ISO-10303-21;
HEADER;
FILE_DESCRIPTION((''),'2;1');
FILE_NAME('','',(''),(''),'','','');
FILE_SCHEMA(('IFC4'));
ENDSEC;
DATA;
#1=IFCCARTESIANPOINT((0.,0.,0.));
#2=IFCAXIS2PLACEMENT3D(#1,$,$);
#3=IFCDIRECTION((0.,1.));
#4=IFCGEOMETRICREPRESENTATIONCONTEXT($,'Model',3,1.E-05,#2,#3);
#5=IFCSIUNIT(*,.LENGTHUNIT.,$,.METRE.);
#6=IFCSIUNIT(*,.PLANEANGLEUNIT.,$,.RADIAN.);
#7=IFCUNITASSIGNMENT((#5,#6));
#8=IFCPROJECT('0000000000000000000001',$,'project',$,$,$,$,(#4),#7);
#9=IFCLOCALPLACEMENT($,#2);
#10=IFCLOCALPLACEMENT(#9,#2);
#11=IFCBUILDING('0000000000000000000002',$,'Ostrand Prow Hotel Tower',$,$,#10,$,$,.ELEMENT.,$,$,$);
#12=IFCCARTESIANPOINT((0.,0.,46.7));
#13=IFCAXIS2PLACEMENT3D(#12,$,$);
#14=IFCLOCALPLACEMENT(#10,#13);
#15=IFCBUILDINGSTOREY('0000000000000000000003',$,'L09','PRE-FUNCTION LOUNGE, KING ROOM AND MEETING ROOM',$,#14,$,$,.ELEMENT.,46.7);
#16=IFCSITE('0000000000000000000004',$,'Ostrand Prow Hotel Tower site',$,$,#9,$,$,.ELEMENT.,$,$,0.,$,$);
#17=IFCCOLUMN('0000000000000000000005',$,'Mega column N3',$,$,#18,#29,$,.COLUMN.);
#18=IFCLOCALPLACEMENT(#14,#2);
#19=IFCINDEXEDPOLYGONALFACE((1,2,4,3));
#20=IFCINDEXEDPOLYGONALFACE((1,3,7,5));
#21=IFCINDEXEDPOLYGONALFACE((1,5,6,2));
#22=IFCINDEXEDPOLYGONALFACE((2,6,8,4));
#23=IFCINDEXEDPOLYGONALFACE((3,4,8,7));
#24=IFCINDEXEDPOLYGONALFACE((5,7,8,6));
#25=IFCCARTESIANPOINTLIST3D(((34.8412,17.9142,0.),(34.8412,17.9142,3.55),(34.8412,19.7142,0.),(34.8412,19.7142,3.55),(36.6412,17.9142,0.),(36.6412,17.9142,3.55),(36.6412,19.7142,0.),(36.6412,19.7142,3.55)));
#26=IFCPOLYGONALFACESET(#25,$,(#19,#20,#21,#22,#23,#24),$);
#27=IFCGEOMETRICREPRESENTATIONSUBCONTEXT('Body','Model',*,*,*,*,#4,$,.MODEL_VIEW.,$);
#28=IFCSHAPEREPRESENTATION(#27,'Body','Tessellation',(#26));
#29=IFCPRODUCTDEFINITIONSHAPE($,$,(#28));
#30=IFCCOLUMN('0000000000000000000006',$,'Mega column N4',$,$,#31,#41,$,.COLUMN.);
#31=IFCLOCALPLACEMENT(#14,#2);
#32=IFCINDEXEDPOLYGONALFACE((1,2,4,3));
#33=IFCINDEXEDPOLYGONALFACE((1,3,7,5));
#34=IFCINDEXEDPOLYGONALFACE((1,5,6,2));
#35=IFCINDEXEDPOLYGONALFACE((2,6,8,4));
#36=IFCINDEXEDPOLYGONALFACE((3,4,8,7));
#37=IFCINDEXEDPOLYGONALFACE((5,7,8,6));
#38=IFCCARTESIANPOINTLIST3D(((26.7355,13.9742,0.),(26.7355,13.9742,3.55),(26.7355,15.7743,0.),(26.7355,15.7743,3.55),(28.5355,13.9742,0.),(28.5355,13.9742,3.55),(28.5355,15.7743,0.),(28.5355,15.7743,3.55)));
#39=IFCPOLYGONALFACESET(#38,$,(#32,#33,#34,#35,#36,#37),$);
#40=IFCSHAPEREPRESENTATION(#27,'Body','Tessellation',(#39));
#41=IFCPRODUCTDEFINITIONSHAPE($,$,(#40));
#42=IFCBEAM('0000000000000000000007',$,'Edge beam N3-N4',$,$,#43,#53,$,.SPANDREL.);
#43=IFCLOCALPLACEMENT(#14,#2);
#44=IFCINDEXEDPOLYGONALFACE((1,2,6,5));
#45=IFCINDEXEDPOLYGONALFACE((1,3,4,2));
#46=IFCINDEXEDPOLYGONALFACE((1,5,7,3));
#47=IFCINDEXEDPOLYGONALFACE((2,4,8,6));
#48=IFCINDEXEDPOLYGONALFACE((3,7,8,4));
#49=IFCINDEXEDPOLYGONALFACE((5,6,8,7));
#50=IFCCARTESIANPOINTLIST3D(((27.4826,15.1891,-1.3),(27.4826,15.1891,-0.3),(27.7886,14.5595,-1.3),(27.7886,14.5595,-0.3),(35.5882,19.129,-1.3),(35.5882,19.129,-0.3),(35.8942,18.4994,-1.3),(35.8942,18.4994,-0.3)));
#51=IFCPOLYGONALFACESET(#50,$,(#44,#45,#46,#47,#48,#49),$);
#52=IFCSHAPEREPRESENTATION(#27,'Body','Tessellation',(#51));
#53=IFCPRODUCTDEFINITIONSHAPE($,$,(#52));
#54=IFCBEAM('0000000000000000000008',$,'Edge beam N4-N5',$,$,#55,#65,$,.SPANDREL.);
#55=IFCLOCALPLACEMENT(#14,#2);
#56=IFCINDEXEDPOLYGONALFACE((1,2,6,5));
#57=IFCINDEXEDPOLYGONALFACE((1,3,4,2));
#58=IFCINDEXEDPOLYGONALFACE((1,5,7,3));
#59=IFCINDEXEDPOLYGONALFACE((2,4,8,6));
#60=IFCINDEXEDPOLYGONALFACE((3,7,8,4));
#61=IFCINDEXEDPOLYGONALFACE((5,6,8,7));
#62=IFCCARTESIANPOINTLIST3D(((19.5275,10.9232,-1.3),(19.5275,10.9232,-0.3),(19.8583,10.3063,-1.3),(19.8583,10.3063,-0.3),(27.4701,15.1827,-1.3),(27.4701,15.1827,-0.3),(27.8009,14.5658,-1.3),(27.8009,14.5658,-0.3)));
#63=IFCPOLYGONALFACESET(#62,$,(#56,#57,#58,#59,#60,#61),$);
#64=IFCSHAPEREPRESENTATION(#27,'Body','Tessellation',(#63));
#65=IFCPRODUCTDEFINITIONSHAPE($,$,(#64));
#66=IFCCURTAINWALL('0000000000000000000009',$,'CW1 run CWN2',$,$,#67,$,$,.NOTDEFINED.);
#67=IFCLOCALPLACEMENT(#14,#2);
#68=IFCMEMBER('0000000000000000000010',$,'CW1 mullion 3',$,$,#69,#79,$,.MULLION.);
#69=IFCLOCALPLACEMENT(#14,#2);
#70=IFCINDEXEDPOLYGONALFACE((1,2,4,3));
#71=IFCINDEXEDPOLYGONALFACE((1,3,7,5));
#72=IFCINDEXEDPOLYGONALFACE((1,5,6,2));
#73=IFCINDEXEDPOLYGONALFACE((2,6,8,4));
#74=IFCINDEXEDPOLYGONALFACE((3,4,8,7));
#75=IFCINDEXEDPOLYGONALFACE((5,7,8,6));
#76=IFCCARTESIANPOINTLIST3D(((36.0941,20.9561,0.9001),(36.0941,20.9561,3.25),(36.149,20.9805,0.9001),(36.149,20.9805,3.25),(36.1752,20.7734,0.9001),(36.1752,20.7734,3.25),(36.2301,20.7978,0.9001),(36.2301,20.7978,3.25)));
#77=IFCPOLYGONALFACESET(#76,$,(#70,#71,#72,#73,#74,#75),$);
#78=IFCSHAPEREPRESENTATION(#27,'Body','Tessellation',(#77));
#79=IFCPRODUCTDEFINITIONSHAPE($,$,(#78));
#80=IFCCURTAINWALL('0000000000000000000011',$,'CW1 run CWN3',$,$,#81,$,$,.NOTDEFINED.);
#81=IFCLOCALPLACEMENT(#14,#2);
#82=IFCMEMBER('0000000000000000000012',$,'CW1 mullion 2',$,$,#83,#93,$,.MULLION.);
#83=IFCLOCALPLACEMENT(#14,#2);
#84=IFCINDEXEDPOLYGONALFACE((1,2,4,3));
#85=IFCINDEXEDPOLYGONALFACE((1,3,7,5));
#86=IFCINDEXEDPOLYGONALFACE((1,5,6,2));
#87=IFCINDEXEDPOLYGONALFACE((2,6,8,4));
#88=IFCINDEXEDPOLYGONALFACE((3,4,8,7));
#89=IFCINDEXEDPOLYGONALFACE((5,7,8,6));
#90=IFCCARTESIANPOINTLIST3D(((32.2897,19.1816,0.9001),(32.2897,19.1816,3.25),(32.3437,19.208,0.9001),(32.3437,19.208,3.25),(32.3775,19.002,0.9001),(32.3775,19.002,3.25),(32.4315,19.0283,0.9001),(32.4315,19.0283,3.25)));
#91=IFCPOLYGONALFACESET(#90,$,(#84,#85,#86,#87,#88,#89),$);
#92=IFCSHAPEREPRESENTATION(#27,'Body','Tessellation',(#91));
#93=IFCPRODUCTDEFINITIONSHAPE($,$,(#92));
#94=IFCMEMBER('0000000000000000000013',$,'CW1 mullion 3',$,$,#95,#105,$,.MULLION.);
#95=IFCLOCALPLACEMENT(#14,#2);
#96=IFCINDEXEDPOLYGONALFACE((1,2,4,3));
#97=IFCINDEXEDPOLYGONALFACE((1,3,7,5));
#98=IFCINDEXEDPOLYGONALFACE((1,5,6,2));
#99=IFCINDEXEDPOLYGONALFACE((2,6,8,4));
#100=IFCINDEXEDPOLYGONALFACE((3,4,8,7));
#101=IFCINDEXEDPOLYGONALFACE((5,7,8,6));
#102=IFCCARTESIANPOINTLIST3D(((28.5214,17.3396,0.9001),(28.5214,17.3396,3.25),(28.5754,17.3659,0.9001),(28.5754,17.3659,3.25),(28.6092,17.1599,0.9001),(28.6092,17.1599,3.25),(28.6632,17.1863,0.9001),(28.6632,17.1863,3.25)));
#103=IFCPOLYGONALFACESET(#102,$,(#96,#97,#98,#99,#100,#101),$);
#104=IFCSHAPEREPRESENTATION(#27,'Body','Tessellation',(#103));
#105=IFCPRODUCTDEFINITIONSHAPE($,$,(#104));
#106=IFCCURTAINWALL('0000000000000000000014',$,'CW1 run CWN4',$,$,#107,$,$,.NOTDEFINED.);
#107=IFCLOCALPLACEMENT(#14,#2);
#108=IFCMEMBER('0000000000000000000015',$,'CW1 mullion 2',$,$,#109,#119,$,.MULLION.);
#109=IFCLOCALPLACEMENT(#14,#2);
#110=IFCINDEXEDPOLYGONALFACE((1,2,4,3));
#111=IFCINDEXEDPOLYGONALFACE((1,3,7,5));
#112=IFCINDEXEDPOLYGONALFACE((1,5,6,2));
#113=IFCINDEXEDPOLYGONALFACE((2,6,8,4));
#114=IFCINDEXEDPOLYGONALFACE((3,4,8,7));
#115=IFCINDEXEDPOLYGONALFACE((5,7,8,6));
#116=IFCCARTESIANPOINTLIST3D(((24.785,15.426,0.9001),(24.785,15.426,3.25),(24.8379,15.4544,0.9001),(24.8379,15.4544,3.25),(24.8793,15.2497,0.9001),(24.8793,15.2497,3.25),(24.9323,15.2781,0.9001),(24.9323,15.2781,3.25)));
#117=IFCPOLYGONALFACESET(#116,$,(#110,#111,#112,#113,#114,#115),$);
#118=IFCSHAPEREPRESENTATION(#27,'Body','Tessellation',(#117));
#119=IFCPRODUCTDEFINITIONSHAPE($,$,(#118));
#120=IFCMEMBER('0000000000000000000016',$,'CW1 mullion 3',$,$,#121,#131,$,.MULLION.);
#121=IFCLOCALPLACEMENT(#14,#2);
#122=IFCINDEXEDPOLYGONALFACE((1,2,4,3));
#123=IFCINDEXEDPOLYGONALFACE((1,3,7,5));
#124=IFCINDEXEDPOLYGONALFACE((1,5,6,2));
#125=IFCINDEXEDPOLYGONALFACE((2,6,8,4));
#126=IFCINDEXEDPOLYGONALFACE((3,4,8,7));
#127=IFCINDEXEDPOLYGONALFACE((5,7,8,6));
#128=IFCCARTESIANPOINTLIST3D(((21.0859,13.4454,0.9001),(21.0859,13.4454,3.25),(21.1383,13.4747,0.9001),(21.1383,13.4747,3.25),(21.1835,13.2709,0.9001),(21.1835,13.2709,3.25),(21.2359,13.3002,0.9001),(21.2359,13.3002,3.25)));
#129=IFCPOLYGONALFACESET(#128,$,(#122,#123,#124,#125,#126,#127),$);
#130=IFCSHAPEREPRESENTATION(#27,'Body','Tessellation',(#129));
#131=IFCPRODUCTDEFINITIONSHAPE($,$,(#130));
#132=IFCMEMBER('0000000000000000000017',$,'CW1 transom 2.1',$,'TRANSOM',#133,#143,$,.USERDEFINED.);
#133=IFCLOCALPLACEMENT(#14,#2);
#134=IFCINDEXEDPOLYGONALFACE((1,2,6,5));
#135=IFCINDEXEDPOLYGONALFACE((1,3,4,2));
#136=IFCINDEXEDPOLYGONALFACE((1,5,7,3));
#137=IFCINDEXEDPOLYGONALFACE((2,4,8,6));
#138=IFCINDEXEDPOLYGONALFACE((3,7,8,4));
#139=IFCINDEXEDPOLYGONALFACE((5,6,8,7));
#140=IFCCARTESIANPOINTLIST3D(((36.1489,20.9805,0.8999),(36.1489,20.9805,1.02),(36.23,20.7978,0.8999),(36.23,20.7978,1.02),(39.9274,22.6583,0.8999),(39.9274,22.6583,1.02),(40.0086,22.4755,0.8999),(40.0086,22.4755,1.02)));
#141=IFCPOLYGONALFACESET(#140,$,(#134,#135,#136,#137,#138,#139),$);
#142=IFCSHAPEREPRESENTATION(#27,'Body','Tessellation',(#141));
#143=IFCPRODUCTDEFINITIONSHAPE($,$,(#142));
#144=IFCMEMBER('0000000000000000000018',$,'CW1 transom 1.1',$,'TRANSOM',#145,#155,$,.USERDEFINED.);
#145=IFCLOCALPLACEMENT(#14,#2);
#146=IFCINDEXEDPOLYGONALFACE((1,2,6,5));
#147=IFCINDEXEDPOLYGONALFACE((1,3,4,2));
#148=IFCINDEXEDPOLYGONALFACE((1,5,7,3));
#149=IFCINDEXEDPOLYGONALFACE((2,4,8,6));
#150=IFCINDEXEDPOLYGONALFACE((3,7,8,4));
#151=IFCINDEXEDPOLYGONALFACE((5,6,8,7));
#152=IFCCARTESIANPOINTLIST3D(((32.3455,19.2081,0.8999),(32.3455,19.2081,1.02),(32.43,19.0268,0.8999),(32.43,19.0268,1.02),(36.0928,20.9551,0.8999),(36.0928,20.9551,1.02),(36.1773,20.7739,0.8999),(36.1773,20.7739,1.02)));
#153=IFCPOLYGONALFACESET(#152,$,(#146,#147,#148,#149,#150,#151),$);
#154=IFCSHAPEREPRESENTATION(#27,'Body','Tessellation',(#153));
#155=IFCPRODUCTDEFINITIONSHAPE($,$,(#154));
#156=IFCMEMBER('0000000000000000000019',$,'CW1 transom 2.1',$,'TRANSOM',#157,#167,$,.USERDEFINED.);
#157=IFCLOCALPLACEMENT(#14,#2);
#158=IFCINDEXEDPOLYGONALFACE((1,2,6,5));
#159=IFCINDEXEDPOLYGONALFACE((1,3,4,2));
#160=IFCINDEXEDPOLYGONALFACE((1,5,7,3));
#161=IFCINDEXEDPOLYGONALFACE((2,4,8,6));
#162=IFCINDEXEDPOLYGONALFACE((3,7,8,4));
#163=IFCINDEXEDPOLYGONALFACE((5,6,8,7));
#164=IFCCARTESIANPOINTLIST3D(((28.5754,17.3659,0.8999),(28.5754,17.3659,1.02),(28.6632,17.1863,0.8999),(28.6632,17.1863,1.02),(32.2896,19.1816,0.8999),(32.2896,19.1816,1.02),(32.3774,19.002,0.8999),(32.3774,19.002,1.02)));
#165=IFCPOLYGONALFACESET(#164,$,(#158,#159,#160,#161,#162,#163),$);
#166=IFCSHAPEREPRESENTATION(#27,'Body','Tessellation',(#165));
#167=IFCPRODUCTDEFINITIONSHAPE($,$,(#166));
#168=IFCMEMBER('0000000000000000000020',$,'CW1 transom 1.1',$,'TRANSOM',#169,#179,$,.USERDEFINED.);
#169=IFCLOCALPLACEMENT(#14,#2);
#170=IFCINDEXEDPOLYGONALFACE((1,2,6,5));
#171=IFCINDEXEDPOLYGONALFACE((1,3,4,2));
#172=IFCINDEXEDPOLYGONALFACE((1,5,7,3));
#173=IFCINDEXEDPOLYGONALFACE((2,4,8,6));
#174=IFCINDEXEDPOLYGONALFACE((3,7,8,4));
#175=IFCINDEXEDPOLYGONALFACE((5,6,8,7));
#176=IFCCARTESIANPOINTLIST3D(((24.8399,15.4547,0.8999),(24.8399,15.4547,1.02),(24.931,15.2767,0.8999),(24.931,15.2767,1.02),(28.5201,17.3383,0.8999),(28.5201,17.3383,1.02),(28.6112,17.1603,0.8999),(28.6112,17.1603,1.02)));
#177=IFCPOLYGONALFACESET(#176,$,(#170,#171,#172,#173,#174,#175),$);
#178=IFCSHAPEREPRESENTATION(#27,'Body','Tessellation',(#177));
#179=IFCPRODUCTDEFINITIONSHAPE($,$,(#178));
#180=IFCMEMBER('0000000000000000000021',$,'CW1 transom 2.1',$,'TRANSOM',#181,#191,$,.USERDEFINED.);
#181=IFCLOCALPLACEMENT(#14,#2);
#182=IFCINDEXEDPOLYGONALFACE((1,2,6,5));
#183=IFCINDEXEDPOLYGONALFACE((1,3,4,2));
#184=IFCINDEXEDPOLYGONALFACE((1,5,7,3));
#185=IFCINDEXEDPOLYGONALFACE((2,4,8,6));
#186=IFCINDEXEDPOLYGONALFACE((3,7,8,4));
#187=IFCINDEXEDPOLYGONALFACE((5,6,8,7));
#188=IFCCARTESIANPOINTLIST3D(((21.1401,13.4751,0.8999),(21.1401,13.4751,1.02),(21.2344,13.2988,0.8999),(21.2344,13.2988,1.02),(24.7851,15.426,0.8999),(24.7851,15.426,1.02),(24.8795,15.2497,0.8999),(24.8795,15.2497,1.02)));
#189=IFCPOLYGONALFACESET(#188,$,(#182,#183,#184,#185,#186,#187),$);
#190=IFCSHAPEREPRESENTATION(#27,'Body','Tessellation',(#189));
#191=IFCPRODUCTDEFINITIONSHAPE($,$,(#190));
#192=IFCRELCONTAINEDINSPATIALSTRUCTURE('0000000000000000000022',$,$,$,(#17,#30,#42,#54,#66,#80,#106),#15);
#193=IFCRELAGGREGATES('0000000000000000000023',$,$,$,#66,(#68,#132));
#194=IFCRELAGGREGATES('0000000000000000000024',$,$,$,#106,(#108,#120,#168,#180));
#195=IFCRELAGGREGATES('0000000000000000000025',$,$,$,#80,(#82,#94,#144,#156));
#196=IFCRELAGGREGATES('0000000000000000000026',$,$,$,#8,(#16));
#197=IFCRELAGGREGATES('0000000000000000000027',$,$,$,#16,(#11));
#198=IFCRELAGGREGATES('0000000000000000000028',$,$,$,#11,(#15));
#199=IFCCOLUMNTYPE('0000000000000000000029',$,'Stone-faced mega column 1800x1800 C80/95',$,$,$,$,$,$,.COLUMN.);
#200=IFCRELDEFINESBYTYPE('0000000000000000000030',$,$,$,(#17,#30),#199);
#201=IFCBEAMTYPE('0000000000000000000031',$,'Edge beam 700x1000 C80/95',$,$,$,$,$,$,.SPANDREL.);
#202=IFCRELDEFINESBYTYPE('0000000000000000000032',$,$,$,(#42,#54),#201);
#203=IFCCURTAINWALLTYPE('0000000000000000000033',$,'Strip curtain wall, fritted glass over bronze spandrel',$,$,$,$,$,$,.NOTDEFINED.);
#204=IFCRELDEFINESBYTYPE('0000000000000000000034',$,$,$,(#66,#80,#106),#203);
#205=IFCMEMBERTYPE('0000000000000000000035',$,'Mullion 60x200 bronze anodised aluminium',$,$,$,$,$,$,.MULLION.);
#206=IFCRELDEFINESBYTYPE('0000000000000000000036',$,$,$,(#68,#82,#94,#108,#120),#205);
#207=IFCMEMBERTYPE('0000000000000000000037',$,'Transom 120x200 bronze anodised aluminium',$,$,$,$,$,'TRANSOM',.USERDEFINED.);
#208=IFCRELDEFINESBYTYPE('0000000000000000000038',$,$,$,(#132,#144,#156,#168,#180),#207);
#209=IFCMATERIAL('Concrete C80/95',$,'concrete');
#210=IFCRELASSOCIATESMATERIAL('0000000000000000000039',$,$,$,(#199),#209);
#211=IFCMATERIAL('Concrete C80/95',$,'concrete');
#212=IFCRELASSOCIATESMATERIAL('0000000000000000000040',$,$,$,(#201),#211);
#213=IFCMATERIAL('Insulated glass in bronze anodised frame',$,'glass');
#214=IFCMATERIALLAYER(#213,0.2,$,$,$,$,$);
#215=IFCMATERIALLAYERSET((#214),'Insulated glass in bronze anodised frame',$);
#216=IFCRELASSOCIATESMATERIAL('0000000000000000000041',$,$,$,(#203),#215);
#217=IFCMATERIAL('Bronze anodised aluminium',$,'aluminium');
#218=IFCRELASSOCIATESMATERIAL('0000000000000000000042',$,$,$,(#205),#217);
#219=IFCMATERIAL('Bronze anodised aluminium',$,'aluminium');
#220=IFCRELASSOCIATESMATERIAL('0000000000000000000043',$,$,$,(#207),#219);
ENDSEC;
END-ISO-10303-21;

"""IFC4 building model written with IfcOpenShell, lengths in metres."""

from ifc_helpers import new_model, si_unit, direction, frame, origin, origin_2d, place, context, subcontext, project, spatial, rectangle, extrude, material, layer, layer_set, material_profile, profile_set, type_object, element, aggregate, save


model = new_model("IFC4")

# Units and contexts
model_context = context("Model", 3, precision=1e-05, world=origin(), true_north=direction((0.0, 1.0)))
body_context = subcontext(model_context, "Body", "Model", "MODEL_VIEW")
ifc_project = project(units=[si_unit("LENGTHUNIT", "METRE"), si_unit("PLANEANGLEUNIT", "RADIAN")], contexts=[model_context])

# Site, building, storey
site_placement = place(None, origin())
site = spatial("IfcSite", under=ifc_project, at=site_placement, Name="Ostrand Prow Hotel Tower site", CompositionType="ELEMENT", RefElevation=0.0)
building_placement = place(site_placement, origin())
building = spatial("IfcBuilding", under=site, at=building_placement, Name="Ostrand Prow Hotel Tower", CompositionType="ELEMENT")
storey_placement = place(building_placement, frame((0.0, 0.0, 46.7)))
storey = spatial("IfcBuildingStorey", under=building, at=storey_placement, Name="L09", Description="PRE-FUNCTION LOUNGE, KING ROOM AND MEETING ROOM", CompositionType="ELEMENT", Elevation=46.7)

# Columns
ifc_material_1 = material(Name="Concrete C80/95", Category="concrete")
ifc_material_profile_1 = material_profile(ifc_material_1, rectangle(XDim=1.8, YDim=1.8, at=origin_2d()), Name="RC 1800x1800")
ifc_profile_set_1 = profile_set([ifc_material_profile_1], Name="Concrete C80/95")
column_type = type_object("IfcColumnType", Name="Stone-faced mega column 1800x1800 C80/95", PredefinedType="COLUMN", material=ifc_profile_set_1)
for number, where, z_axis, x_axis, name in (
    (1, (35.7412, 18.8142, 0.0), (0.0, 0.0, 1.0), (1.0, 0.0, 0.0), "Mega column N3"),
    (2, (27.6355, 14.8743, 0.0), (0.0, 0.0, 1.0), (1.0, 0.0, 0.0), "Mega column N4"),
):
    element("IfcColumn", number, at=place(storey_placement, frame(where, z_axis=z_axis, x_axis=x_axis)), inside=storey, type_object=column_type, Name=name, PredefinedType="COLUMN", context=body_context, shape_type="SweptSolid", body=[
        extrude(rectangle(XDim=1.8, YDim=1.8, at=origin_2d()), origin(), (0.0, 0.0, 1.0), 3.55),
    ])

# Beams
ifc_material_2 = material(Name="Concrete C80/95", Category="concrete")
ifc_material_profile_2 = material_profile(ifc_material_2, rectangle(XDim=0.7, YDim=1.0, at=origin_2d()), Name="RC 700x1000")
ifc_profile_set_2 = profile_set([ifc_material_profile_2], Name="Concrete C80/95")
beam_type = type_object("IfcBeamType", Name="Edge beam 700x1000 C80/95", PredefinedType="SPANDREL", material=ifc_profile_set_2)
beam_1_placement = place(storey_placement, frame((35.7412, 18.8142, -0.8), z_axis=(-0.899382, -0.437163, 0.0), x_axis=(0.437163, -0.899382, 0.0)))
element("IfcBeam", 3, at=beam_1_placement, inside=storey, type_object=beam_type, Name="Edge beam N3-N4", PredefinedType="SPANDREL", context=body_context, shape_type="SweptSolid", body=[
    extrude(rectangle(XDim=0.7, YDim=1.0, at=origin_2d()), origin(), (0.0, 0.0, 1.0), 9.0125),
])
beam_2_placement = place(storey_placement, frame((27.6355, 14.8743, -0.8), z_axis=(-0.88127, -0.472613, 0.0), x_axis=(0.472613, -0.88127, 0.0)))
element("IfcBeam", 4, at=beam_2_placement, inside=storey, type_object=beam_type, Name="Edge beam N4-N5", PredefinedType="SPANDREL", context=body_context, shape_type="SweptSolid", body=[
    extrude(rectangle(XDim=0.7, YDim=1.0, at=origin_2d()), origin(), (0.0, 0.0, 1.0), 9.0127),
])

# Curtain wall, member
ifc_material_3 = material(Name="Insulated glass in bronze anodised frame", Category="glass")
ifc_layer_1 = layer(ifc_material_3, 0.2)
ifc_layer_set_1 = layer_set([ifc_layer_1], Name="Insulated glass in bronze anodised frame")
curtain_wall_type = type_object("IfcCurtainWallType", Name="Strip curtain wall, fritted glass over bronze spandrel", PredefinedType="NOTDEFINED", material=ifc_layer_set_1)
curtain_wall_1_placement = place(storey_placement, origin())
curtain_wall_1 = element("IfcCurtainWall", 5, at=curtain_wall_1_placement, inside=storey, type_object=curtain_wall_type, Name="CW1 run CWN2", PredefinedType="NOTDEFINED")
ifc_material_4 = material(Name="Bronze anodised aluminium", Category="aluminium")
ifc_material_profile_3 = material_profile(ifc_material_4, rectangle(XDim=0.2, YDim=0.0601, at=origin_2d()), Name="Mullion 60x200 bronze anodised aluminium")
ifc_profile_set_3 = profile_set([ifc_material_profile_3], Name="Bronze anodised aluminium")
member_type_1 = type_object("IfcMemberType", Name="Mullion 60x200 bronze anodised aluminium", PredefinedType="MULLION", material=ifc_profile_set_3)
member_1_placement = place(storey_placement, frame((36.1621, 20.877, 0.9001), z_axis=(0.0, 0.0, 1.0), x_axis=(0.40578, -0.913971, 0.0)))
member_1 = element("IfcMember", 6, at=member_1_placement, type_object=member_type_1, Name="CW1 mullion 3", PredefinedType="MULLION", context=body_context, shape_type="SweptSolid", body=[
    extrude(rectangle(XDim=0.2, YDim=0.0601, at=origin_2d()), origin(), (0.0, 0.0, 1.0), 2.3499),
])

# Curtain walls, members
curtain_wall_2_placement = place(storey_placement, origin())
curtain_wall_2 = element("IfcCurtainWall", 7, at=curtain_wall_2_placement, inside=storey, type_object=curtain_wall_type, Name="CW1 run CWN3", PredefinedType="NOTDEFINED")
member_2_placement = place(storey_placement, frame((32.3606, 19.105, 0.9001), z_axis=(0.0, 0.0, 1.0), x_axis=(0.439138, -0.89842, 0.0)))
member_2 = element("IfcMember", 8, at=member_2_placement, type_object=member_type_1, Name="CW1 mullion 2", PredefinedType="MULLION", context=body_context, shape_type="SweptSolid", body=[
    extrude(rectangle(XDim=0.2, YDim=0.0601, at=origin_2d()), origin(), (0.0, 0.0, 1.0), 2.3499),
])
member_3_placement = place(storey_placement, frame((28.5923, 17.2629, 0.9001), z_axis=(0.0, 0.0, 1.0), x_axis=(0.439138, -0.89842, 0.0)))
member_3 = element("IfcMember", 9, at=member_3_placement, type_object=member_type_1, Name="CW1 mullion 3", PredefinedType="MULLION", context=body_context, shape_type="SweptSolid", body=[
    extrude(rectangle(XDim=0.2, YDim=0.0601, at=origin_2d()), origin(), (0.0, 0.0, 1.0), 2.3499),
])
curtain_wall_3_placement = place(storey_placement, origin())
curtain_wall_3 = element("IfcCurtainWall", 10, at=curtain_wall_3_placement, inside=storey, type_object=curtain_wall_type, Name="CW1 run CWN4", PredefinedType="NOTDEFINED")
member_4_placement = place(storey_placement, frame((24.8586, 15.3521, 0.9001), z_axis=(0.0, 0.0, 1.0), x_axis=(0.4719, -0.881652, 0.0)))
member_4 = element("IfcMember", 11, at=member_4_placement, type_object=member_type_1, Name="CW1 mullion 2", PredefinedType="MULLION", context=body_context, shape_type="SweptSolid", body=[
    extrude(rectangle(XDim=0.2, YDim=0.0601, at=origin_2d()), origin(), (0.0, 0.0, 1.0), 2.3499),
])
member_5_placement = place(storey_placement, frame((21.1609, 13.3728, 0.9001), z_axis=(0.0, 0.0, 1.0), x_axis=(0.488044, -0.872819, 0.0)))
member_5 = element("IfcMember", 12, at=member_5_placement, type_object=member_type_1, Name="CW1 mullion 3", PredefinedType="MULLION", context=body_context, shape_type="SweptSolid", body=[
    extrude(rectangle(XDim=0.2, YDim=0.0601, at=origin_2d()), origin(), (0.0, 0.0, 1.0), 2.3499),
])

# Members
ifc_material_5 = material(Name="Bronze anodised aluminium", Category="aluminium")
ifc_material_profile_4 = material_profile(ifc_material_5, rectangle(XDim=0.2, YDim=0.1201, at=origin_2d()), Name="Transom 120x200 bronze anodised aluminium")
ifc_profile_set_4 = profile_set([ifc_material_profile_4], Name="Bronze anodised aluminium")
member_type_2 = type_object("IfcMemberType", Name="Transom 120x200 bronze anodised aluminium", ElementType="TRANSOM", PredefinedType="USERDEFINED", material=ifc_profile_set_4)
member_6_placement = place(storey_placement, frame((39.968, 22.5669, 0.96), z_axis=(-0.913958, -0.40581, 0.0), x_axis=(0.40581, -0.913958, 0.0)))
member_6 = element("IfcMember", 13, at=member_6_placement, type_object=member_type_2, Name="CW1 transom 2.1", ObjectType="TRANSOM", PredefinedType="USERDEFINED", context=body_context, shape_type="SweptSolid", body=[
    extrude(rectangle(XDim=0.2, YDim=0.1201, at=origin_2d()), origin(), (0.0, 0.0, 1.0), 4.1343),
])
member_7_placement = place(storey_placement, frame((36.135, 20.8645, 0.96), z_axis=(-0.906338, -0.422552, 0.0), x_axis=(0.422552, -0.906338, 0.0)))
member_7 = element("IfcMember", 14, at=member_7_placement, type_object=member_type_2, Name="CW1 transom 1.1", ObjectType="TRANSOM", PredefinedType="USERDEFINED", context=body_context, shape_type="SweptSolid", body=[
    extrude(rectangle(XDim=0.2, YDim=0.1201, at=origin_2d()), origin(), (0.0, 0.0, 1.0), 4.1345),
])
member_8_placement = place(storey_placement, frame((32.3335, 19.0918, 0.96), z_axis=(-0.898395, -0.439188, 0.0), x_axis=(0.439188, -0.898395, 0.0)))
member_8 = element("IfcMember", 15, at=member_8_placement, type_object=member_type_2, Name="CW1 transom 2.1", ObjectType="TRANSOM", PredefinedType="USERDEFINED", context=body_context, shape_type="SweptSolid", body=[
    extrude(rectangle(XDim=0.2, YDim=0.1201, at=origin_2d()), origin(), (0.0, 0.0, 1.0), 4.1343),
])
member_9_placement = place(storey_placement, frame((28.5657, 17.2493, 0.96), z_axis=(-0.890183, -0.455603, 0.0), x_axis=(0.455603, -0.890183, 0.0)))
member_9 = element("IfcMember", 16, at=member_9_placement, type_object=member_type_2, Name="CW1 transom 1.1", ObjectType="TRANSOM", PredefinedType="USERDEFINED", context=body_context, shape_type="SweptSolid", body=[
    extrude(rectangle(XDim=0.2, YDim=0.1201, at=origin_2d()), origin(), (0.0, 0.0, 1.0), 4.1343),
])
member_10_placement = place(storey_placement, frame((24.8323, 15.3379, 0.96), z_axis=(-0.881657, -0.47189, 0.0), x_axis=(0.47189, -0.881657, 0.0)))
member_10 = element("IfcMember", 17, at=member_10_placement, type_object=member_type_2, Name="CW1 transom 2.1", ObjectType="TRANSOM", PredefinedType="USERDEFINED", context=body_context, shape_type="SweptSolid", body=[
    extrude(rectangle(XDim=0.2, YDim=0.1201, at=origin_2d()), origin(), (0.0, 0.0, 1.0), 4.1343),
])

aggregate(curtain_wall_1, [member_1, member_6])
aggregate(curtain_wall_3, [member_4, member_5, member_9, member_10])
aggregate(curtain_wall_2, [member_2, member_3, member_7, member_8])

save(model, "model.ifc")
